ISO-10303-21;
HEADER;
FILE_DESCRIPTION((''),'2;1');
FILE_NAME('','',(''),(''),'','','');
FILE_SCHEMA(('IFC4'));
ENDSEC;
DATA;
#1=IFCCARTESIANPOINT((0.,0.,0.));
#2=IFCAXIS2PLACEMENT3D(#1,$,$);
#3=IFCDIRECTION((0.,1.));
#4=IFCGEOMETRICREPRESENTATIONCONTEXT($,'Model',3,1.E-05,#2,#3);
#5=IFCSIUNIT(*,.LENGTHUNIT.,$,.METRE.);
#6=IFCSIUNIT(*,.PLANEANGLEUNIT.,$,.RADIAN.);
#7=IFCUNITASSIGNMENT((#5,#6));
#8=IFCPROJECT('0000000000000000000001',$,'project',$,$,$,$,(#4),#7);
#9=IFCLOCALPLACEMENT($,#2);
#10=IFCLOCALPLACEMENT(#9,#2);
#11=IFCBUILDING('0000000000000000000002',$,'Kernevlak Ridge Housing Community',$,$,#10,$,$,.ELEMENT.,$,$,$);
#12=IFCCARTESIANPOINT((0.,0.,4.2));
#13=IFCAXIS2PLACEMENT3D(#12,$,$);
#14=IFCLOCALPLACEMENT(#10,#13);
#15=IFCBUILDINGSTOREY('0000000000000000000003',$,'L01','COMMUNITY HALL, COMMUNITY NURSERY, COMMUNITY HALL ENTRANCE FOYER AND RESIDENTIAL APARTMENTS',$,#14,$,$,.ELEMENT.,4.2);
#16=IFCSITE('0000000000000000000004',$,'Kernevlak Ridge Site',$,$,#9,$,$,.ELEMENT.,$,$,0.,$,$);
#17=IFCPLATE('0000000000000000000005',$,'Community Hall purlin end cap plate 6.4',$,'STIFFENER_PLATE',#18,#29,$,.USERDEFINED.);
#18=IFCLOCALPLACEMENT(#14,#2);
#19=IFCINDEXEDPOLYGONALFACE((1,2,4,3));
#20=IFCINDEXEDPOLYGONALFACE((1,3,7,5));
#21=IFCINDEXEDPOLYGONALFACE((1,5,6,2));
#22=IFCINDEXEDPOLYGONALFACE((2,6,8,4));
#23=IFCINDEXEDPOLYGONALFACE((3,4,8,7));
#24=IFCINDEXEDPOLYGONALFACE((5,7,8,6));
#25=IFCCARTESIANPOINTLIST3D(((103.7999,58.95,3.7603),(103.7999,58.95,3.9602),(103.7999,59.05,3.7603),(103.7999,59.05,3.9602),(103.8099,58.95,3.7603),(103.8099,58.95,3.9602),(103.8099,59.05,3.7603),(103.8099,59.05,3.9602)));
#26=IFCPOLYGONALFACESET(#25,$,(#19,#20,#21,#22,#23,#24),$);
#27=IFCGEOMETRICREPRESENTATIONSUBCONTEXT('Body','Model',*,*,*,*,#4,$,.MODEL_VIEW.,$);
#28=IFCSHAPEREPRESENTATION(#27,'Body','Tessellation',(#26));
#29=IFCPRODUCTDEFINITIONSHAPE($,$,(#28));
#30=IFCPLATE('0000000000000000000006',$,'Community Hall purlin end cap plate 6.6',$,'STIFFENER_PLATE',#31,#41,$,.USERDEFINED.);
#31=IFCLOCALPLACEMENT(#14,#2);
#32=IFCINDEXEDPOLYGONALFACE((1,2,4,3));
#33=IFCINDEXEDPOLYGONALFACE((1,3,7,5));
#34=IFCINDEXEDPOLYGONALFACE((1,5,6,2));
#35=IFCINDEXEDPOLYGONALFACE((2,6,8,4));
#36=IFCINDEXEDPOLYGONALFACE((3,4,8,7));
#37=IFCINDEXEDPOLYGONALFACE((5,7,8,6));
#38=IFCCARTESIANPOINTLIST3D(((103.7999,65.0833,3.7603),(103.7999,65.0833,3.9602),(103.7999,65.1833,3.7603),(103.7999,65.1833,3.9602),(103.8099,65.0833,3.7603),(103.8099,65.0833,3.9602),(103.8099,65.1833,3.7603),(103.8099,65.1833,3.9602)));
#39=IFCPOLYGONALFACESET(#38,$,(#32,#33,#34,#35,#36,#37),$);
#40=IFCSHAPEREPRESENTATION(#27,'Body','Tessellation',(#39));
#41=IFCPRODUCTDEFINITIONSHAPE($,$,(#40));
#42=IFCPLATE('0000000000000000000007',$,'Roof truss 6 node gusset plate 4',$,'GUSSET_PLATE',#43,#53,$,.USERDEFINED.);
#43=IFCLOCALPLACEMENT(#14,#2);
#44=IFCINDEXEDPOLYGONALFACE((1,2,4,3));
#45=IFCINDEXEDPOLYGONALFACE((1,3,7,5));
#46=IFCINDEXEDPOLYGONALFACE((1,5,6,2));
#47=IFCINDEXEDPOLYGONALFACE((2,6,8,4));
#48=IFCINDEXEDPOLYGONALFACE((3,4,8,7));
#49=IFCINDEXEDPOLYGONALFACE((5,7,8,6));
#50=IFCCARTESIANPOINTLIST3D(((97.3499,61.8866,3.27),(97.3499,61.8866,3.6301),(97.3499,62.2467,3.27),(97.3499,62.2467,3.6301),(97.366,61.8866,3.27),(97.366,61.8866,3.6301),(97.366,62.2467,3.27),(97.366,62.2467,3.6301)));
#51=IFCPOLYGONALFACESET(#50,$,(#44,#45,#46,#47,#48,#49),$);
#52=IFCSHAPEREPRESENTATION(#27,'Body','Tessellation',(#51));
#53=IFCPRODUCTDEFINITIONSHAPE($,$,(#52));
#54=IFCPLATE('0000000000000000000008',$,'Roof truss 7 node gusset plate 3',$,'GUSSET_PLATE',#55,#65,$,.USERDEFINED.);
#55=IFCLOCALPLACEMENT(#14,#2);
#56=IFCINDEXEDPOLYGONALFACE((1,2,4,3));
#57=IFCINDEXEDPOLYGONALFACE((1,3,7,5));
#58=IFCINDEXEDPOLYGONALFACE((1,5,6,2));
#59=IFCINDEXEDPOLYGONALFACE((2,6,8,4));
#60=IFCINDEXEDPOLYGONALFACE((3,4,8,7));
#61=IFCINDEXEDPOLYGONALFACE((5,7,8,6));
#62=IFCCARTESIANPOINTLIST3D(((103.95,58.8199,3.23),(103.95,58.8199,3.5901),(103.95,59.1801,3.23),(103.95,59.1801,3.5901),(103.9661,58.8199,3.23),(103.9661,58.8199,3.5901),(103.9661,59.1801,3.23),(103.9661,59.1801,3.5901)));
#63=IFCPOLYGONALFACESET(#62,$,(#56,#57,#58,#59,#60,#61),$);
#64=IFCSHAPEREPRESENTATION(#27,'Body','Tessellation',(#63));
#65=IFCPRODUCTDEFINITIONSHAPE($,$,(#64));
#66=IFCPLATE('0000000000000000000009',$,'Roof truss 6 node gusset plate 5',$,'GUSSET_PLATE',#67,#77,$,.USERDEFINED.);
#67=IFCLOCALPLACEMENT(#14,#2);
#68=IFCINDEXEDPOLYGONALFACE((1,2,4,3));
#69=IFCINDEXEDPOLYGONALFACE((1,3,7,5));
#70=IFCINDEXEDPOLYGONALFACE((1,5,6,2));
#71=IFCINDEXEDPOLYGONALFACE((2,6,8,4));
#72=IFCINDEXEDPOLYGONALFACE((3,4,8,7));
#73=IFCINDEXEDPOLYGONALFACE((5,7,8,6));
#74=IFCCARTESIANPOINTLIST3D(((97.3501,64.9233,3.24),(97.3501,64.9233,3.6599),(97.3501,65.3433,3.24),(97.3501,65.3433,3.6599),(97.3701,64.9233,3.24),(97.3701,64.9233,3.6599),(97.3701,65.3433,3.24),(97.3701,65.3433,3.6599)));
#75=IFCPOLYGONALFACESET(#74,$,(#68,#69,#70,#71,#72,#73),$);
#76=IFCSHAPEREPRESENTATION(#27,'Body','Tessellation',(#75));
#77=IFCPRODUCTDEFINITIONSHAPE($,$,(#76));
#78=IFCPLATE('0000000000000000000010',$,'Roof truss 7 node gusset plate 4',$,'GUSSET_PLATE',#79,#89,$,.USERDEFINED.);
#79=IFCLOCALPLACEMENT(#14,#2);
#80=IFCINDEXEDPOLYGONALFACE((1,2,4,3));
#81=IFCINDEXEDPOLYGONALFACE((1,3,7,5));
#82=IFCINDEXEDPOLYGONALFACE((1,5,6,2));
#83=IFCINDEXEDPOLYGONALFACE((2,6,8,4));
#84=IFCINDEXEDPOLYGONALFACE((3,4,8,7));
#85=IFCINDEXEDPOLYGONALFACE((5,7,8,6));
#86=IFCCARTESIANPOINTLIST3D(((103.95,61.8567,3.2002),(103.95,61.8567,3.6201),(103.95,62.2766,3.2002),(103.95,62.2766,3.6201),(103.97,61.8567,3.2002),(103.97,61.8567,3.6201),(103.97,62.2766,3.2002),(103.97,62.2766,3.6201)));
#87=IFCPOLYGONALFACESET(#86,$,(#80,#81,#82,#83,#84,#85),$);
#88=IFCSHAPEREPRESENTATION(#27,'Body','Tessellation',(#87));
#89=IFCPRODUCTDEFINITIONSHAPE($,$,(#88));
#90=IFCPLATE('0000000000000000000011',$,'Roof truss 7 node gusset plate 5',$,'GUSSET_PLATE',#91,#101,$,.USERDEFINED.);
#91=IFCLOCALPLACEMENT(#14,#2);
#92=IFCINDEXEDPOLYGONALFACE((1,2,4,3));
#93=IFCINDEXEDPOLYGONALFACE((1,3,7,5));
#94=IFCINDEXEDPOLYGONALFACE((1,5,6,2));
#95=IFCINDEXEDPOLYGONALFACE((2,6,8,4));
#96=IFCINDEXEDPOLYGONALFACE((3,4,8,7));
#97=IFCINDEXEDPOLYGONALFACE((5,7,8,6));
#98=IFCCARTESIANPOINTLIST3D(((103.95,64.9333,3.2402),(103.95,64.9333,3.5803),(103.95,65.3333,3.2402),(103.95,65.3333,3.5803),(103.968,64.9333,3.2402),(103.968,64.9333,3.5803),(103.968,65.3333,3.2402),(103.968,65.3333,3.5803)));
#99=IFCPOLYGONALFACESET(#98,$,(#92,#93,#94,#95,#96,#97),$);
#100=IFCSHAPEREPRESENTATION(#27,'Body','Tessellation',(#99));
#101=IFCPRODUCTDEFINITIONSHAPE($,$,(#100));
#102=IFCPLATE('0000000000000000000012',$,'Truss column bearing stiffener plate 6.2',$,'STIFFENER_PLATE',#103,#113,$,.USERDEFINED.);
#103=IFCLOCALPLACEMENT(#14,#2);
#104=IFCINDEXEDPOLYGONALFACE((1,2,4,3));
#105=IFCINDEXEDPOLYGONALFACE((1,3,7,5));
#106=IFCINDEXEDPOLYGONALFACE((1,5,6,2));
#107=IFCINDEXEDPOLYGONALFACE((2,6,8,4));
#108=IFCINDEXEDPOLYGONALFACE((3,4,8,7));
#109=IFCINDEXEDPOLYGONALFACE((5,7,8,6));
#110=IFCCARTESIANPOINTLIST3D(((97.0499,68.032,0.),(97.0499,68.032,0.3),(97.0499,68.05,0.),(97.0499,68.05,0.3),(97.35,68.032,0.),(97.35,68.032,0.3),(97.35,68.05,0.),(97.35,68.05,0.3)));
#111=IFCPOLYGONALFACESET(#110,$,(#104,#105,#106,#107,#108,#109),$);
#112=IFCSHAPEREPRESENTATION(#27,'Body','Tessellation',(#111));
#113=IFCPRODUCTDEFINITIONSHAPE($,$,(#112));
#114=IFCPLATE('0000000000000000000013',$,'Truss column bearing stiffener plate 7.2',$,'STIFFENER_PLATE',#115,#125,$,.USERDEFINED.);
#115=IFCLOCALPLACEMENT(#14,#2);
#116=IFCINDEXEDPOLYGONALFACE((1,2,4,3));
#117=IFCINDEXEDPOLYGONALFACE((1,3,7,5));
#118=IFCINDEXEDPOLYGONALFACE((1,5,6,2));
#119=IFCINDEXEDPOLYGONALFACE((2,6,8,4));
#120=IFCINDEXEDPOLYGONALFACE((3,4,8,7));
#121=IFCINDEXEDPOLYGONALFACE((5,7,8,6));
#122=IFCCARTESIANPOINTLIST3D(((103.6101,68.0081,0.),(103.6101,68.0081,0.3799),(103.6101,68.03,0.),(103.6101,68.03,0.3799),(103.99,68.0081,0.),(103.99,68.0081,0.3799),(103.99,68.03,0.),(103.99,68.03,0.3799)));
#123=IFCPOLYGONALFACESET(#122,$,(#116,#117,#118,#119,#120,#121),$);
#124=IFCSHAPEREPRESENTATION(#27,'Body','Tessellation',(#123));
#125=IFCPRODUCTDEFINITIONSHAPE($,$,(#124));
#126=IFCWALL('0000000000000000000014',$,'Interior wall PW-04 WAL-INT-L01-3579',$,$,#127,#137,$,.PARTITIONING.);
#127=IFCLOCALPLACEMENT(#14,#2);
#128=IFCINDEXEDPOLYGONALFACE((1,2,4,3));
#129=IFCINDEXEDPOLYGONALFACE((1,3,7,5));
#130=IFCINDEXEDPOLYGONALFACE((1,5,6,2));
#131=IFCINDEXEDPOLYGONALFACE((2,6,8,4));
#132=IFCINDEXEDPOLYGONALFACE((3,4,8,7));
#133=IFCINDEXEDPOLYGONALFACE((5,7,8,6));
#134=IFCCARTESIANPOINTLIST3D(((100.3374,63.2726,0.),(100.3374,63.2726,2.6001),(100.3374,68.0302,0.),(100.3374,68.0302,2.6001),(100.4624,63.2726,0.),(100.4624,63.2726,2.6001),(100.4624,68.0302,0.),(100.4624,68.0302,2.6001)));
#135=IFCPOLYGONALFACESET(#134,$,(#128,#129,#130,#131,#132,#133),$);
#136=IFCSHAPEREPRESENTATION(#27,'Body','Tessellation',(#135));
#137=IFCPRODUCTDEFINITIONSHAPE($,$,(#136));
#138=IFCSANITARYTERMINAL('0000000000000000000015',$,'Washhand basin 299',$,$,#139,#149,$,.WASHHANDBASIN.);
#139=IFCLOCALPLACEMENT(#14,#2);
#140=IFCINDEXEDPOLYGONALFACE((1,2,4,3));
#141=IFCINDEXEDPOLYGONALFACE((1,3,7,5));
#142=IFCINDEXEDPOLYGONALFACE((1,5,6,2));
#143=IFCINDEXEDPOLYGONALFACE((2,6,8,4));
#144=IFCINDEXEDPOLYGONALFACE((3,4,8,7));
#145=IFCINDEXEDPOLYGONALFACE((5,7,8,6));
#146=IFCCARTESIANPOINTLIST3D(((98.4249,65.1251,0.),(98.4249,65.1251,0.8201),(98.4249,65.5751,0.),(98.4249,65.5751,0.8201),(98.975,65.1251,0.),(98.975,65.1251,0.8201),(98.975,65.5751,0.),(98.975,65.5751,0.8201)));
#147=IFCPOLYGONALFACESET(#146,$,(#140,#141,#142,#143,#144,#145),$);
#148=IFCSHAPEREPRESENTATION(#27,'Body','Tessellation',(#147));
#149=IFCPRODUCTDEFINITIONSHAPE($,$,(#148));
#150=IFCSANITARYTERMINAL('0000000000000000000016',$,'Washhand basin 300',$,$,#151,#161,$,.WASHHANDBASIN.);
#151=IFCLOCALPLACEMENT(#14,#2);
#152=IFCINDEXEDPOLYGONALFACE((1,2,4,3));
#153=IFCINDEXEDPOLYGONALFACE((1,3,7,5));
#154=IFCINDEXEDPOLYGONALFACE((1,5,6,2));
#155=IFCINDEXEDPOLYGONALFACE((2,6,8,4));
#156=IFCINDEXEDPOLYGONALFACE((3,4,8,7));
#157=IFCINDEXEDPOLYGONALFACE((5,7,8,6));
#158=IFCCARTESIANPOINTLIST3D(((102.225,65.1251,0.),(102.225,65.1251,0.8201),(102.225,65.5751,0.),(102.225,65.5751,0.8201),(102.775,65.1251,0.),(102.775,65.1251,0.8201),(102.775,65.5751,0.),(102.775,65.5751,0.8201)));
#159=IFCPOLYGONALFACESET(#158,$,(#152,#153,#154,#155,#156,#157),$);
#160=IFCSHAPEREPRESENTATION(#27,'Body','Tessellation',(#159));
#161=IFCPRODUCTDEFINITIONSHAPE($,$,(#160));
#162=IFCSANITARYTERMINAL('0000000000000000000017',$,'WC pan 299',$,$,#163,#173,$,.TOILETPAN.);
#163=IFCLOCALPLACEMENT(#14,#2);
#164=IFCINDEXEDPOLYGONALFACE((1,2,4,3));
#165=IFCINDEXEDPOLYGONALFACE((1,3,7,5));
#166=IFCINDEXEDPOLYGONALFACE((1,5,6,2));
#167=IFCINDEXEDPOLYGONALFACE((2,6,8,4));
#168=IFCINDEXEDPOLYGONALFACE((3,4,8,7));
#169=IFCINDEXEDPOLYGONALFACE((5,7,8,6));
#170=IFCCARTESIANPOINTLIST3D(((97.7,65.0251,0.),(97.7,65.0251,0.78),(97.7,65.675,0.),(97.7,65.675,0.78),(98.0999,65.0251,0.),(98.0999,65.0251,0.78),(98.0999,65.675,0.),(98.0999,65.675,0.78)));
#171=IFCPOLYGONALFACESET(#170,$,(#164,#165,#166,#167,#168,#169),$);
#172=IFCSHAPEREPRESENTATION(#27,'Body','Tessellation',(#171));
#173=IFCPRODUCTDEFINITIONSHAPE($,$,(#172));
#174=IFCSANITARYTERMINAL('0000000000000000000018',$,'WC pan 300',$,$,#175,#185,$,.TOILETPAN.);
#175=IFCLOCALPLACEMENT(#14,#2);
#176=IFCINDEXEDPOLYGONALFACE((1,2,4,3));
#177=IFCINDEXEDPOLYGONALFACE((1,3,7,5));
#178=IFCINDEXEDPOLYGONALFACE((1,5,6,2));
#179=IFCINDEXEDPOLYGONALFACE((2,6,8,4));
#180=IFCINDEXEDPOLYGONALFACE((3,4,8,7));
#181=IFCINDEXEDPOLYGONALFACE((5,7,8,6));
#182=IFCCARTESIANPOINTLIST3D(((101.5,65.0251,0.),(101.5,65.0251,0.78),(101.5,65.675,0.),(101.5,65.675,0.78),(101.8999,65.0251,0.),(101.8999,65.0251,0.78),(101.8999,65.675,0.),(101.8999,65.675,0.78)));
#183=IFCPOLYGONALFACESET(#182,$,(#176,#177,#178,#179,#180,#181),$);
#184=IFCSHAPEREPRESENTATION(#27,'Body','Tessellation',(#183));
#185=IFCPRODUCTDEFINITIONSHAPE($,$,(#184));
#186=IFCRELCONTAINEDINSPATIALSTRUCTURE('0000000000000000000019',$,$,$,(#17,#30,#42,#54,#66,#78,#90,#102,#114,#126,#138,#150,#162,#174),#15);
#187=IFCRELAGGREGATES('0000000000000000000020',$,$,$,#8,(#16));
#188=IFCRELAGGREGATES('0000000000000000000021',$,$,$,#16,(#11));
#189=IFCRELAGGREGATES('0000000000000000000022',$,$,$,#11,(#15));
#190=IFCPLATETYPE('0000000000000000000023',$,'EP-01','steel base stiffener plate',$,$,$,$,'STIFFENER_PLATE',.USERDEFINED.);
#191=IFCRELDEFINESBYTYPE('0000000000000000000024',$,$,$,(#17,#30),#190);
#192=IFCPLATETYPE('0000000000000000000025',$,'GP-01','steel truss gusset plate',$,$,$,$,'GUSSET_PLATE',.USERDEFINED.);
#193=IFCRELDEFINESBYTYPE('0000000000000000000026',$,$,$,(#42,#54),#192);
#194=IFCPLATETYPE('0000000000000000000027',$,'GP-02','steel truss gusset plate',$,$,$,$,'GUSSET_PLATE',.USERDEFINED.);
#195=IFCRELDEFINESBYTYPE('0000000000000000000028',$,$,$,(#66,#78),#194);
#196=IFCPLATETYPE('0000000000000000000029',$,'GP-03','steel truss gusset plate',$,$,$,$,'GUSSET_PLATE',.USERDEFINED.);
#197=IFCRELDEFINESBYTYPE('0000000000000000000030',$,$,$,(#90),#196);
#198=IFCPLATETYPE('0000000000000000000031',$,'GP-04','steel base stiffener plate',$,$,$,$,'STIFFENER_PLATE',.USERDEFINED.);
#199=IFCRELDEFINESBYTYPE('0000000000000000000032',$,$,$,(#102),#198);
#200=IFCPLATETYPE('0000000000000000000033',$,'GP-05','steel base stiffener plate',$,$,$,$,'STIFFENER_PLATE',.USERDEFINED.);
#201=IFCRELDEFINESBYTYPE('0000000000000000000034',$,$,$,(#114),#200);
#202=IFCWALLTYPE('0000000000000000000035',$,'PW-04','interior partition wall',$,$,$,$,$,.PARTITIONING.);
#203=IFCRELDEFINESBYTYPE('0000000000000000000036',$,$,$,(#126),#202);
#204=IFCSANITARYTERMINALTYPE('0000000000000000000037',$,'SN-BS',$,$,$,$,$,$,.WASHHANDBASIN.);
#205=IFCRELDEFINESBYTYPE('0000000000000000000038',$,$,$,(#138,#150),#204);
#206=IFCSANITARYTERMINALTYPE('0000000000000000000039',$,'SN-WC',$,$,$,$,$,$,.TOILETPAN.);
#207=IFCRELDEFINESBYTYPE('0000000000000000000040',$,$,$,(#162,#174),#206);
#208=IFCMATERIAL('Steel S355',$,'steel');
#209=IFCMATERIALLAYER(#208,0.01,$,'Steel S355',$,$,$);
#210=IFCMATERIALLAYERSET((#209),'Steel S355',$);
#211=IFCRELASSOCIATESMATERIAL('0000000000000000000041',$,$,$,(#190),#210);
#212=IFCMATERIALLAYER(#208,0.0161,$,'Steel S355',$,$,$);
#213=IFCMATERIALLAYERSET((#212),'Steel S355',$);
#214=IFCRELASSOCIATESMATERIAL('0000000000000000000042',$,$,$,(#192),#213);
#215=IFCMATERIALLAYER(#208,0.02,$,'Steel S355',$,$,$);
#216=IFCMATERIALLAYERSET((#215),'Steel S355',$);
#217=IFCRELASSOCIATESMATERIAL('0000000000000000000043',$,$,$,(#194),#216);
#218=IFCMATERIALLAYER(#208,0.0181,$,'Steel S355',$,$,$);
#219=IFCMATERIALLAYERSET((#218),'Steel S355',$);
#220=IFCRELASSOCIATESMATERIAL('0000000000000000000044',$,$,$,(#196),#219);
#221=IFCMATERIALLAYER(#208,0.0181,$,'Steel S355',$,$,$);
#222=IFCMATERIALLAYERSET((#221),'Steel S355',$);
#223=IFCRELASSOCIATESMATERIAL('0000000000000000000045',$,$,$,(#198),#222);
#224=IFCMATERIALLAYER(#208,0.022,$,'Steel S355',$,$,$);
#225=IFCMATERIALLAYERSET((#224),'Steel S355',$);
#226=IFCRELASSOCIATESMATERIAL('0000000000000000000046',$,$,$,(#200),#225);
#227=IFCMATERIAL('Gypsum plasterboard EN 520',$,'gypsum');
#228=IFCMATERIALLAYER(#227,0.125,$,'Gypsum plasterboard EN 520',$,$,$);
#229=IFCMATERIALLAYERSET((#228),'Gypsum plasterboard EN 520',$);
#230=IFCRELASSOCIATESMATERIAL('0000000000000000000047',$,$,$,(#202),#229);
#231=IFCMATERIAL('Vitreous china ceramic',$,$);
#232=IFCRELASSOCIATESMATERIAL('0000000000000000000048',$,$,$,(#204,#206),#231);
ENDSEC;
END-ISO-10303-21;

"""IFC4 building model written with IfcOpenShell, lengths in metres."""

from ifc_helpers import new_model, si_unit, direction, frame, frame_2d, origin, origin_2d, place, context, subcontext, project, spatial, rectangle, extrude, material, layer, layer_set, type_object, element, save


model = new_model("IFC4")

# Units and contexts
model_context = context("Model", 3, precision=1e-05, world=origin(), true_north=direction((0.0, 1.0)))
body_context = subcontext(model_context, "Body", "Model", "MODEL_VIEW")
ifc_project = project(units=[si_unit("LENGTHUNIT", "METRE"), si_unit("PLANEANGLEUNIT", "RADIAN")], contexts=[model_context])

# Site, building, storey
site_placement = place(None, origin())
site = spatial("IfcSite", under=ifc_project, at=site_placement, Name="Kernevlak Ridge Site", CompositionType="ELEMENT", RefElevation=0.0)
building_placement = place(site_placement, origin())
building = spatial("IfcBuilding", under=site, at=building_placement, Name="Kernevlak Ridge Housing Community", CompositionType="ELEMENT")
storey_placement = place(building_placement, frame((0.0, 0.0, 4.2)))
storey = spatial("IfcBuildingStorey", under=building, at=storey_placement, Name="L01", Description="COMMUNITY HALL, COMMUNITY NURSERY, COMMUNITY HALL ENTRANCE FOYER AND RESIDENTIAL APARTMENTS", CompositionType="ELEMENT", Elevation=4.2)

# Shared definitions
ifc_material_1 = material(Name="Steel S355", Category="steel")

# Plates
ifc_layer_1 = layer(ifc_material_1, 0.01, Name="Steel S355")
ifc_layer_set_1 = layer_set([ifc_layer_1], Name="Steel S355")
plate_type_1 = type_object("IfcPlateType", Name="EP-01", Description="steel base stiffener plate", ElementType="STIFFENER_PLATE", PredefinedType="USERDEFINED", material=ifc_layer_set_1)
for number, where, z_axis, x_axis, name in (
    (1, (103.8049, 59.0, 3.7603), (0.0, 0.0, 1.0), (1.0, 0.0, 0.0), "Community Hall purlin end cap plate 6.4"),
    (2, (103.8049, 65.1333, 3.7603), (0.0, 0.0, 1.0), (1.0, 0.0, 0.0), "Community Hall purlin end cap plate 6.6"),
):
    element("IfcPlate", number, at=place(storey_placement, frame(where, z_axis=z_axis, x_axis=x_axis)), inside=storey, type_object=plate_type_1, Name=name, ObjectType="STIFFENER_PLATE", PredefinedType="USERDEFINED", context=body_context, shape_type="SweptSolid", body=[
        extrude(rectangle(XDim=0.01, YDim=0.1001, at=origin_2d()), origin(), (0.0, 0.0, 1.0), 0.2),
    ])
ifc_layer_2 = layer(ifc_material_1, 0.0161, Name="Steel S355")
ifc_layer_set_2 = layer_set([ifc_layer_2], Name="Steel S355")
plate_type_2 = type_object("IfcPlateType", Name="GP-01", Description="steel truss gusset plate", ElementType="GUSSET_PLATE", PredefinedType="USERDEFINED", material=ifc_layer_set_2)
for number, where, z_axis, x_axis, name in (
    (3, (97.3579, 62.0667, 3.27), (0.0, 0.0, 1.0), (1.0, 0.0, 0.0), "Roof truss 6 node gusset plate 4"),
    (4, (103.958, 59.0, 3.23), (0.0, 0.0, 1.0), (1.0, 0.0, 0.0), "Roof truss 7 node gusset plate 3"),
):
    element("IfcPlate", number, at=place(storey_placement, frame(where, z_axis=z_axis, x_axis=x_axis)), inside=storey, type_object=plate_type_2, Name=name, ObjectType="GUSSET_PLATE", PredefinedType="USERDEFINED", context=body_context, shape_type="SweptSolid", body=[
        extrude(rectangle(XDim=0.0161, YDim=0.3601, at=origin_2d()), origin(), (0.0, 0.0, 1.0), 0.3601),
    ])
ifc_layer_3 = layer(ifc_material_1, 0.02, Name="Steel S355")
ifc_layer_set_3 = layer_set([ifc_layer_3], Name="Steel S355")
plate_type_3 = type_object("IfcPlateType", Name="GP-02", Description="steel truss gusset plate", ElementType="GUSSET_PLATE", PredefinedType="USERDEFINED", material=ifc_layer_set_3)
for number, where, z_axis, x_axis, name in (
    (5, (97.3601, 65.1333, 3.24), (0.0, 0.0, 1.0), (1.0, 0.0, 0.0), "Roof truss 6 node gusset plate 5"),
    (6, (103.96, 62.0667, 3.2002), (0.0, 0.0, 1.0), (1.0, 0.0, 0.0), "Roof truss 7 node gusset plate 4"),
):
    element("IfcPlate", number, at=place(storey_placement, frame(where, z_axis=z_axis, x_axis=x_axis)), inside=storey, type_object=plate_type_3, Name=name, ObjectType="GUSSET_PLATE", PredefinedType="USERDEFINED", context=body_context, shape_type="SweptSolid", body=[
        extrude(rectangle(XDim=0.02, YDim=0.4199, at=origin_2d()), origin(), (0.0, 0.0, 1.0), 0.4199),
    ])
ifc_layer_4 = layer(ifc_material_1, 0.0181, Name="Steel S355")
ifc_layer_set_4 = layer_set([ifc_layer_4], Name="Steel S355")
plate_type_4 = type_object("IfcPlateType", Name="GP-03", Description="steel truss gusset plate", ElementType="GUSSET_PLATE", PredefinedType="USERDEFINED", material=ifc_layer_set_4)
plate_1_placement = place(storey_placement, frame((103.959, 65.1333, 3.2402), z_axis=(0.0, 0.0, 1.0), x_axis=(1.0, 0.0, 0.0)))
element("IfcPlate", 7, at=plate_1_placement, inside=storey, type_object=plate_type_4, Name="Roof truss 7 node gusset plate 5", ObjectType="GUSSET_PLATE", PredefinedType="USERDEFINED", context=body_context, shape_type="SweptSolid", body=[
    extrude(rectangle(XDim=0.0181, YDim=0.3999, at=origin_2d()), origin(), (0.0, 0.0, 1.0), 0.3401),
])
ifc_layer_5 = layer(ifc_material_1, 0.0181, Name="Steel S355")
ifc_layer_set_5 = layer_set([ifc_layer_5], Name="Steel S355")
plate_type_5 = type_object("IfcPlateType", Name="GP-04", Description="steel base stiffener plate", ElementType="STIFFENER_PLATE", PredefinedType="USERDEFINED", material=ifc_layer_set_5)
plate_2_placement = place(storey_placement, frame((97.2, 68.041, 0.0), z_axis=(0.0, 0.0, 1.0), x_axis=(1.0, 0.0, 0.0)))
element("IfcPlate", 8, at=plate_2_placement, inside=storey, type_object=plate_type_5, Name="Truss column bearing stiffener plate 6.2", ObjectType="STIFFENER_PLATE", PredefinedType="USERDEFINED", context=body_context, shape_type="SweptSolid", body=[
    extrude(rectangle(XDim=0.3, YDim=0.0181, at=origin_2d()), origin(), (0.0, 0.0, 1.0), 0.3),
])
ifc_layer_6 = layer(ifc_material_1, 0.022, Name="Steel S355")
ifc_layer_set_6 = layer_set([ifc_layer_6], Name="Steel S355")
plate_type_6 = type_object("IfcPlateType", Name="GP-05", Description="steel base stiffener plate", ElementType="STIFFENER_PLATE", PredefinedType="USERDEFINED", material=ifc_layer_set_6)
plate_3_placement = place(storey_placement, frame((103.8, 68.019, 0.0), z_axis=(0.0, 0.0, 1.0), x_axis=(1.0, 0.0, 0.0)))
element("IfcPlate", 9, at=plate_3_placement, inside=storey, type_object=plate_type_6, Name="Truss column bearing stiffener plate 7.2", ObjectType="STIFFENER_PLATE", PredefinedType="USERDEFINED", context=body_context, shape_type="SweptSolid", body=[
    extrude(rectangle(XDim=0.3799, YDim=0.022, at=origin_2d()), origin(), (0.0, 0.0, 1.0), 0.3799),
])

# Wall
ifc_material_2 = material(Name="Gypsum plasterboard EN 520", Category="gypsum")
ifc_layer_7 = layer(ifc_material_2, 0.125, Name="Gypsum plasterboard EN 520")
ifc_layer_set_7 = layer_set([ifc_layer_7], Name="Gypsum plasterboard EN 520")
wall_type = type_object("IfcWallType", Name="PW-04", Description="interior partition wall", PredefinedType="PARTITIONING", material=ifc_layer_set_7)
wall_placement = place(storey_placement, frame((100.3999, 63.2725, 0.0), z_axis=(0.0, 0.0, 1.0), x_axis=(0.0, 1.0, 0.0)))
element("IfcWall", 10, at=wall_placement, inside=storey, type_object=wall_type, Name="Interior wall PW-04 WAL-INT-L01-3579", PredefinedType="PARTITIONING", context=body_context, shape_type="SweptSolid", body=[
    extrude(rectangle(XDim=4.7576, YDim=0.125, at=frame_2d((2.3789, 0.0))), origin(), (0.0, 0.0, 1.0), 2.6001),
])

# Sanitary terminals
ifc_material_3 = material(Name="Vitreous china ceramic")
sanitary_terminal_type_1 = type_object("IfcSanitaryTerminalType", Name="SN-BS", PredefinedType="WASHHANDBASIN", material=ifc_material_3)
for number, where, z_axis, x_axis, name in (
    (11, (98.7, 65.3501, 0.0), (0.0, 0.0, 1.0), (1.0, 0.0, 0.0), "Washhand basin 299"),
    (12, (102.5, 65.3501, 0.0), (0.0, 0.0, 1.0), (1.0, 0.0, 0.0), "Washhand basin 300"),
):
    element("IfcSanitaryTerminal", number, at=place(storey_placement, frame(where, z_axis=z_axis, x_axis=x_axis)), inside=storey, type_object=sanitary_terminal_type_1, Name=name, PredefinedType="WASHHANDBASIN", context=body_context, shape_type="SweptSolid", body=[
        extrude(rectangle(XDim=0.55, YDim=0.45, at=origin_2d()), origin(), (0.0, 0.0, 1.0), 0.8201),
    ])
sanitary_terminal_type_2 = type_object("IfcSanitaryTerminalType", Name="SN-WC", PredefinedType="TOILETPAN", material=ifc_material_3)
for number, where, z_axis, x_axis, name in (
    (13, (97.8999, 65.3501, 0.0), (0.0, 0.0, 1.0), (1.0, 0.0, 0.0), "WC pan 299"),
    (14, (101.7, 65.3501, 0.0), (0.0, 0.0, 1.0), (1.0, 0.0, 0.0), "WC pan 300"),
):
    element("IfcSanitaryTerminal", number, at=place(storey_placement, frame(where, z_axis=z_axis, x_axis=x_axis)), inside=storey, type_object=sanitary_terminal_type_2, Name=name, PredefinedType="TOILETPAN", context=body_context, shape_type="SweptSolid", body=[
        extrude(rectangle(XDim=0.3999, YDim=0.6499, at=origin_2d()), origin(), (0.0, 0.0, 1.0), 0.78),
    ])

save(model, "model.ifc")
